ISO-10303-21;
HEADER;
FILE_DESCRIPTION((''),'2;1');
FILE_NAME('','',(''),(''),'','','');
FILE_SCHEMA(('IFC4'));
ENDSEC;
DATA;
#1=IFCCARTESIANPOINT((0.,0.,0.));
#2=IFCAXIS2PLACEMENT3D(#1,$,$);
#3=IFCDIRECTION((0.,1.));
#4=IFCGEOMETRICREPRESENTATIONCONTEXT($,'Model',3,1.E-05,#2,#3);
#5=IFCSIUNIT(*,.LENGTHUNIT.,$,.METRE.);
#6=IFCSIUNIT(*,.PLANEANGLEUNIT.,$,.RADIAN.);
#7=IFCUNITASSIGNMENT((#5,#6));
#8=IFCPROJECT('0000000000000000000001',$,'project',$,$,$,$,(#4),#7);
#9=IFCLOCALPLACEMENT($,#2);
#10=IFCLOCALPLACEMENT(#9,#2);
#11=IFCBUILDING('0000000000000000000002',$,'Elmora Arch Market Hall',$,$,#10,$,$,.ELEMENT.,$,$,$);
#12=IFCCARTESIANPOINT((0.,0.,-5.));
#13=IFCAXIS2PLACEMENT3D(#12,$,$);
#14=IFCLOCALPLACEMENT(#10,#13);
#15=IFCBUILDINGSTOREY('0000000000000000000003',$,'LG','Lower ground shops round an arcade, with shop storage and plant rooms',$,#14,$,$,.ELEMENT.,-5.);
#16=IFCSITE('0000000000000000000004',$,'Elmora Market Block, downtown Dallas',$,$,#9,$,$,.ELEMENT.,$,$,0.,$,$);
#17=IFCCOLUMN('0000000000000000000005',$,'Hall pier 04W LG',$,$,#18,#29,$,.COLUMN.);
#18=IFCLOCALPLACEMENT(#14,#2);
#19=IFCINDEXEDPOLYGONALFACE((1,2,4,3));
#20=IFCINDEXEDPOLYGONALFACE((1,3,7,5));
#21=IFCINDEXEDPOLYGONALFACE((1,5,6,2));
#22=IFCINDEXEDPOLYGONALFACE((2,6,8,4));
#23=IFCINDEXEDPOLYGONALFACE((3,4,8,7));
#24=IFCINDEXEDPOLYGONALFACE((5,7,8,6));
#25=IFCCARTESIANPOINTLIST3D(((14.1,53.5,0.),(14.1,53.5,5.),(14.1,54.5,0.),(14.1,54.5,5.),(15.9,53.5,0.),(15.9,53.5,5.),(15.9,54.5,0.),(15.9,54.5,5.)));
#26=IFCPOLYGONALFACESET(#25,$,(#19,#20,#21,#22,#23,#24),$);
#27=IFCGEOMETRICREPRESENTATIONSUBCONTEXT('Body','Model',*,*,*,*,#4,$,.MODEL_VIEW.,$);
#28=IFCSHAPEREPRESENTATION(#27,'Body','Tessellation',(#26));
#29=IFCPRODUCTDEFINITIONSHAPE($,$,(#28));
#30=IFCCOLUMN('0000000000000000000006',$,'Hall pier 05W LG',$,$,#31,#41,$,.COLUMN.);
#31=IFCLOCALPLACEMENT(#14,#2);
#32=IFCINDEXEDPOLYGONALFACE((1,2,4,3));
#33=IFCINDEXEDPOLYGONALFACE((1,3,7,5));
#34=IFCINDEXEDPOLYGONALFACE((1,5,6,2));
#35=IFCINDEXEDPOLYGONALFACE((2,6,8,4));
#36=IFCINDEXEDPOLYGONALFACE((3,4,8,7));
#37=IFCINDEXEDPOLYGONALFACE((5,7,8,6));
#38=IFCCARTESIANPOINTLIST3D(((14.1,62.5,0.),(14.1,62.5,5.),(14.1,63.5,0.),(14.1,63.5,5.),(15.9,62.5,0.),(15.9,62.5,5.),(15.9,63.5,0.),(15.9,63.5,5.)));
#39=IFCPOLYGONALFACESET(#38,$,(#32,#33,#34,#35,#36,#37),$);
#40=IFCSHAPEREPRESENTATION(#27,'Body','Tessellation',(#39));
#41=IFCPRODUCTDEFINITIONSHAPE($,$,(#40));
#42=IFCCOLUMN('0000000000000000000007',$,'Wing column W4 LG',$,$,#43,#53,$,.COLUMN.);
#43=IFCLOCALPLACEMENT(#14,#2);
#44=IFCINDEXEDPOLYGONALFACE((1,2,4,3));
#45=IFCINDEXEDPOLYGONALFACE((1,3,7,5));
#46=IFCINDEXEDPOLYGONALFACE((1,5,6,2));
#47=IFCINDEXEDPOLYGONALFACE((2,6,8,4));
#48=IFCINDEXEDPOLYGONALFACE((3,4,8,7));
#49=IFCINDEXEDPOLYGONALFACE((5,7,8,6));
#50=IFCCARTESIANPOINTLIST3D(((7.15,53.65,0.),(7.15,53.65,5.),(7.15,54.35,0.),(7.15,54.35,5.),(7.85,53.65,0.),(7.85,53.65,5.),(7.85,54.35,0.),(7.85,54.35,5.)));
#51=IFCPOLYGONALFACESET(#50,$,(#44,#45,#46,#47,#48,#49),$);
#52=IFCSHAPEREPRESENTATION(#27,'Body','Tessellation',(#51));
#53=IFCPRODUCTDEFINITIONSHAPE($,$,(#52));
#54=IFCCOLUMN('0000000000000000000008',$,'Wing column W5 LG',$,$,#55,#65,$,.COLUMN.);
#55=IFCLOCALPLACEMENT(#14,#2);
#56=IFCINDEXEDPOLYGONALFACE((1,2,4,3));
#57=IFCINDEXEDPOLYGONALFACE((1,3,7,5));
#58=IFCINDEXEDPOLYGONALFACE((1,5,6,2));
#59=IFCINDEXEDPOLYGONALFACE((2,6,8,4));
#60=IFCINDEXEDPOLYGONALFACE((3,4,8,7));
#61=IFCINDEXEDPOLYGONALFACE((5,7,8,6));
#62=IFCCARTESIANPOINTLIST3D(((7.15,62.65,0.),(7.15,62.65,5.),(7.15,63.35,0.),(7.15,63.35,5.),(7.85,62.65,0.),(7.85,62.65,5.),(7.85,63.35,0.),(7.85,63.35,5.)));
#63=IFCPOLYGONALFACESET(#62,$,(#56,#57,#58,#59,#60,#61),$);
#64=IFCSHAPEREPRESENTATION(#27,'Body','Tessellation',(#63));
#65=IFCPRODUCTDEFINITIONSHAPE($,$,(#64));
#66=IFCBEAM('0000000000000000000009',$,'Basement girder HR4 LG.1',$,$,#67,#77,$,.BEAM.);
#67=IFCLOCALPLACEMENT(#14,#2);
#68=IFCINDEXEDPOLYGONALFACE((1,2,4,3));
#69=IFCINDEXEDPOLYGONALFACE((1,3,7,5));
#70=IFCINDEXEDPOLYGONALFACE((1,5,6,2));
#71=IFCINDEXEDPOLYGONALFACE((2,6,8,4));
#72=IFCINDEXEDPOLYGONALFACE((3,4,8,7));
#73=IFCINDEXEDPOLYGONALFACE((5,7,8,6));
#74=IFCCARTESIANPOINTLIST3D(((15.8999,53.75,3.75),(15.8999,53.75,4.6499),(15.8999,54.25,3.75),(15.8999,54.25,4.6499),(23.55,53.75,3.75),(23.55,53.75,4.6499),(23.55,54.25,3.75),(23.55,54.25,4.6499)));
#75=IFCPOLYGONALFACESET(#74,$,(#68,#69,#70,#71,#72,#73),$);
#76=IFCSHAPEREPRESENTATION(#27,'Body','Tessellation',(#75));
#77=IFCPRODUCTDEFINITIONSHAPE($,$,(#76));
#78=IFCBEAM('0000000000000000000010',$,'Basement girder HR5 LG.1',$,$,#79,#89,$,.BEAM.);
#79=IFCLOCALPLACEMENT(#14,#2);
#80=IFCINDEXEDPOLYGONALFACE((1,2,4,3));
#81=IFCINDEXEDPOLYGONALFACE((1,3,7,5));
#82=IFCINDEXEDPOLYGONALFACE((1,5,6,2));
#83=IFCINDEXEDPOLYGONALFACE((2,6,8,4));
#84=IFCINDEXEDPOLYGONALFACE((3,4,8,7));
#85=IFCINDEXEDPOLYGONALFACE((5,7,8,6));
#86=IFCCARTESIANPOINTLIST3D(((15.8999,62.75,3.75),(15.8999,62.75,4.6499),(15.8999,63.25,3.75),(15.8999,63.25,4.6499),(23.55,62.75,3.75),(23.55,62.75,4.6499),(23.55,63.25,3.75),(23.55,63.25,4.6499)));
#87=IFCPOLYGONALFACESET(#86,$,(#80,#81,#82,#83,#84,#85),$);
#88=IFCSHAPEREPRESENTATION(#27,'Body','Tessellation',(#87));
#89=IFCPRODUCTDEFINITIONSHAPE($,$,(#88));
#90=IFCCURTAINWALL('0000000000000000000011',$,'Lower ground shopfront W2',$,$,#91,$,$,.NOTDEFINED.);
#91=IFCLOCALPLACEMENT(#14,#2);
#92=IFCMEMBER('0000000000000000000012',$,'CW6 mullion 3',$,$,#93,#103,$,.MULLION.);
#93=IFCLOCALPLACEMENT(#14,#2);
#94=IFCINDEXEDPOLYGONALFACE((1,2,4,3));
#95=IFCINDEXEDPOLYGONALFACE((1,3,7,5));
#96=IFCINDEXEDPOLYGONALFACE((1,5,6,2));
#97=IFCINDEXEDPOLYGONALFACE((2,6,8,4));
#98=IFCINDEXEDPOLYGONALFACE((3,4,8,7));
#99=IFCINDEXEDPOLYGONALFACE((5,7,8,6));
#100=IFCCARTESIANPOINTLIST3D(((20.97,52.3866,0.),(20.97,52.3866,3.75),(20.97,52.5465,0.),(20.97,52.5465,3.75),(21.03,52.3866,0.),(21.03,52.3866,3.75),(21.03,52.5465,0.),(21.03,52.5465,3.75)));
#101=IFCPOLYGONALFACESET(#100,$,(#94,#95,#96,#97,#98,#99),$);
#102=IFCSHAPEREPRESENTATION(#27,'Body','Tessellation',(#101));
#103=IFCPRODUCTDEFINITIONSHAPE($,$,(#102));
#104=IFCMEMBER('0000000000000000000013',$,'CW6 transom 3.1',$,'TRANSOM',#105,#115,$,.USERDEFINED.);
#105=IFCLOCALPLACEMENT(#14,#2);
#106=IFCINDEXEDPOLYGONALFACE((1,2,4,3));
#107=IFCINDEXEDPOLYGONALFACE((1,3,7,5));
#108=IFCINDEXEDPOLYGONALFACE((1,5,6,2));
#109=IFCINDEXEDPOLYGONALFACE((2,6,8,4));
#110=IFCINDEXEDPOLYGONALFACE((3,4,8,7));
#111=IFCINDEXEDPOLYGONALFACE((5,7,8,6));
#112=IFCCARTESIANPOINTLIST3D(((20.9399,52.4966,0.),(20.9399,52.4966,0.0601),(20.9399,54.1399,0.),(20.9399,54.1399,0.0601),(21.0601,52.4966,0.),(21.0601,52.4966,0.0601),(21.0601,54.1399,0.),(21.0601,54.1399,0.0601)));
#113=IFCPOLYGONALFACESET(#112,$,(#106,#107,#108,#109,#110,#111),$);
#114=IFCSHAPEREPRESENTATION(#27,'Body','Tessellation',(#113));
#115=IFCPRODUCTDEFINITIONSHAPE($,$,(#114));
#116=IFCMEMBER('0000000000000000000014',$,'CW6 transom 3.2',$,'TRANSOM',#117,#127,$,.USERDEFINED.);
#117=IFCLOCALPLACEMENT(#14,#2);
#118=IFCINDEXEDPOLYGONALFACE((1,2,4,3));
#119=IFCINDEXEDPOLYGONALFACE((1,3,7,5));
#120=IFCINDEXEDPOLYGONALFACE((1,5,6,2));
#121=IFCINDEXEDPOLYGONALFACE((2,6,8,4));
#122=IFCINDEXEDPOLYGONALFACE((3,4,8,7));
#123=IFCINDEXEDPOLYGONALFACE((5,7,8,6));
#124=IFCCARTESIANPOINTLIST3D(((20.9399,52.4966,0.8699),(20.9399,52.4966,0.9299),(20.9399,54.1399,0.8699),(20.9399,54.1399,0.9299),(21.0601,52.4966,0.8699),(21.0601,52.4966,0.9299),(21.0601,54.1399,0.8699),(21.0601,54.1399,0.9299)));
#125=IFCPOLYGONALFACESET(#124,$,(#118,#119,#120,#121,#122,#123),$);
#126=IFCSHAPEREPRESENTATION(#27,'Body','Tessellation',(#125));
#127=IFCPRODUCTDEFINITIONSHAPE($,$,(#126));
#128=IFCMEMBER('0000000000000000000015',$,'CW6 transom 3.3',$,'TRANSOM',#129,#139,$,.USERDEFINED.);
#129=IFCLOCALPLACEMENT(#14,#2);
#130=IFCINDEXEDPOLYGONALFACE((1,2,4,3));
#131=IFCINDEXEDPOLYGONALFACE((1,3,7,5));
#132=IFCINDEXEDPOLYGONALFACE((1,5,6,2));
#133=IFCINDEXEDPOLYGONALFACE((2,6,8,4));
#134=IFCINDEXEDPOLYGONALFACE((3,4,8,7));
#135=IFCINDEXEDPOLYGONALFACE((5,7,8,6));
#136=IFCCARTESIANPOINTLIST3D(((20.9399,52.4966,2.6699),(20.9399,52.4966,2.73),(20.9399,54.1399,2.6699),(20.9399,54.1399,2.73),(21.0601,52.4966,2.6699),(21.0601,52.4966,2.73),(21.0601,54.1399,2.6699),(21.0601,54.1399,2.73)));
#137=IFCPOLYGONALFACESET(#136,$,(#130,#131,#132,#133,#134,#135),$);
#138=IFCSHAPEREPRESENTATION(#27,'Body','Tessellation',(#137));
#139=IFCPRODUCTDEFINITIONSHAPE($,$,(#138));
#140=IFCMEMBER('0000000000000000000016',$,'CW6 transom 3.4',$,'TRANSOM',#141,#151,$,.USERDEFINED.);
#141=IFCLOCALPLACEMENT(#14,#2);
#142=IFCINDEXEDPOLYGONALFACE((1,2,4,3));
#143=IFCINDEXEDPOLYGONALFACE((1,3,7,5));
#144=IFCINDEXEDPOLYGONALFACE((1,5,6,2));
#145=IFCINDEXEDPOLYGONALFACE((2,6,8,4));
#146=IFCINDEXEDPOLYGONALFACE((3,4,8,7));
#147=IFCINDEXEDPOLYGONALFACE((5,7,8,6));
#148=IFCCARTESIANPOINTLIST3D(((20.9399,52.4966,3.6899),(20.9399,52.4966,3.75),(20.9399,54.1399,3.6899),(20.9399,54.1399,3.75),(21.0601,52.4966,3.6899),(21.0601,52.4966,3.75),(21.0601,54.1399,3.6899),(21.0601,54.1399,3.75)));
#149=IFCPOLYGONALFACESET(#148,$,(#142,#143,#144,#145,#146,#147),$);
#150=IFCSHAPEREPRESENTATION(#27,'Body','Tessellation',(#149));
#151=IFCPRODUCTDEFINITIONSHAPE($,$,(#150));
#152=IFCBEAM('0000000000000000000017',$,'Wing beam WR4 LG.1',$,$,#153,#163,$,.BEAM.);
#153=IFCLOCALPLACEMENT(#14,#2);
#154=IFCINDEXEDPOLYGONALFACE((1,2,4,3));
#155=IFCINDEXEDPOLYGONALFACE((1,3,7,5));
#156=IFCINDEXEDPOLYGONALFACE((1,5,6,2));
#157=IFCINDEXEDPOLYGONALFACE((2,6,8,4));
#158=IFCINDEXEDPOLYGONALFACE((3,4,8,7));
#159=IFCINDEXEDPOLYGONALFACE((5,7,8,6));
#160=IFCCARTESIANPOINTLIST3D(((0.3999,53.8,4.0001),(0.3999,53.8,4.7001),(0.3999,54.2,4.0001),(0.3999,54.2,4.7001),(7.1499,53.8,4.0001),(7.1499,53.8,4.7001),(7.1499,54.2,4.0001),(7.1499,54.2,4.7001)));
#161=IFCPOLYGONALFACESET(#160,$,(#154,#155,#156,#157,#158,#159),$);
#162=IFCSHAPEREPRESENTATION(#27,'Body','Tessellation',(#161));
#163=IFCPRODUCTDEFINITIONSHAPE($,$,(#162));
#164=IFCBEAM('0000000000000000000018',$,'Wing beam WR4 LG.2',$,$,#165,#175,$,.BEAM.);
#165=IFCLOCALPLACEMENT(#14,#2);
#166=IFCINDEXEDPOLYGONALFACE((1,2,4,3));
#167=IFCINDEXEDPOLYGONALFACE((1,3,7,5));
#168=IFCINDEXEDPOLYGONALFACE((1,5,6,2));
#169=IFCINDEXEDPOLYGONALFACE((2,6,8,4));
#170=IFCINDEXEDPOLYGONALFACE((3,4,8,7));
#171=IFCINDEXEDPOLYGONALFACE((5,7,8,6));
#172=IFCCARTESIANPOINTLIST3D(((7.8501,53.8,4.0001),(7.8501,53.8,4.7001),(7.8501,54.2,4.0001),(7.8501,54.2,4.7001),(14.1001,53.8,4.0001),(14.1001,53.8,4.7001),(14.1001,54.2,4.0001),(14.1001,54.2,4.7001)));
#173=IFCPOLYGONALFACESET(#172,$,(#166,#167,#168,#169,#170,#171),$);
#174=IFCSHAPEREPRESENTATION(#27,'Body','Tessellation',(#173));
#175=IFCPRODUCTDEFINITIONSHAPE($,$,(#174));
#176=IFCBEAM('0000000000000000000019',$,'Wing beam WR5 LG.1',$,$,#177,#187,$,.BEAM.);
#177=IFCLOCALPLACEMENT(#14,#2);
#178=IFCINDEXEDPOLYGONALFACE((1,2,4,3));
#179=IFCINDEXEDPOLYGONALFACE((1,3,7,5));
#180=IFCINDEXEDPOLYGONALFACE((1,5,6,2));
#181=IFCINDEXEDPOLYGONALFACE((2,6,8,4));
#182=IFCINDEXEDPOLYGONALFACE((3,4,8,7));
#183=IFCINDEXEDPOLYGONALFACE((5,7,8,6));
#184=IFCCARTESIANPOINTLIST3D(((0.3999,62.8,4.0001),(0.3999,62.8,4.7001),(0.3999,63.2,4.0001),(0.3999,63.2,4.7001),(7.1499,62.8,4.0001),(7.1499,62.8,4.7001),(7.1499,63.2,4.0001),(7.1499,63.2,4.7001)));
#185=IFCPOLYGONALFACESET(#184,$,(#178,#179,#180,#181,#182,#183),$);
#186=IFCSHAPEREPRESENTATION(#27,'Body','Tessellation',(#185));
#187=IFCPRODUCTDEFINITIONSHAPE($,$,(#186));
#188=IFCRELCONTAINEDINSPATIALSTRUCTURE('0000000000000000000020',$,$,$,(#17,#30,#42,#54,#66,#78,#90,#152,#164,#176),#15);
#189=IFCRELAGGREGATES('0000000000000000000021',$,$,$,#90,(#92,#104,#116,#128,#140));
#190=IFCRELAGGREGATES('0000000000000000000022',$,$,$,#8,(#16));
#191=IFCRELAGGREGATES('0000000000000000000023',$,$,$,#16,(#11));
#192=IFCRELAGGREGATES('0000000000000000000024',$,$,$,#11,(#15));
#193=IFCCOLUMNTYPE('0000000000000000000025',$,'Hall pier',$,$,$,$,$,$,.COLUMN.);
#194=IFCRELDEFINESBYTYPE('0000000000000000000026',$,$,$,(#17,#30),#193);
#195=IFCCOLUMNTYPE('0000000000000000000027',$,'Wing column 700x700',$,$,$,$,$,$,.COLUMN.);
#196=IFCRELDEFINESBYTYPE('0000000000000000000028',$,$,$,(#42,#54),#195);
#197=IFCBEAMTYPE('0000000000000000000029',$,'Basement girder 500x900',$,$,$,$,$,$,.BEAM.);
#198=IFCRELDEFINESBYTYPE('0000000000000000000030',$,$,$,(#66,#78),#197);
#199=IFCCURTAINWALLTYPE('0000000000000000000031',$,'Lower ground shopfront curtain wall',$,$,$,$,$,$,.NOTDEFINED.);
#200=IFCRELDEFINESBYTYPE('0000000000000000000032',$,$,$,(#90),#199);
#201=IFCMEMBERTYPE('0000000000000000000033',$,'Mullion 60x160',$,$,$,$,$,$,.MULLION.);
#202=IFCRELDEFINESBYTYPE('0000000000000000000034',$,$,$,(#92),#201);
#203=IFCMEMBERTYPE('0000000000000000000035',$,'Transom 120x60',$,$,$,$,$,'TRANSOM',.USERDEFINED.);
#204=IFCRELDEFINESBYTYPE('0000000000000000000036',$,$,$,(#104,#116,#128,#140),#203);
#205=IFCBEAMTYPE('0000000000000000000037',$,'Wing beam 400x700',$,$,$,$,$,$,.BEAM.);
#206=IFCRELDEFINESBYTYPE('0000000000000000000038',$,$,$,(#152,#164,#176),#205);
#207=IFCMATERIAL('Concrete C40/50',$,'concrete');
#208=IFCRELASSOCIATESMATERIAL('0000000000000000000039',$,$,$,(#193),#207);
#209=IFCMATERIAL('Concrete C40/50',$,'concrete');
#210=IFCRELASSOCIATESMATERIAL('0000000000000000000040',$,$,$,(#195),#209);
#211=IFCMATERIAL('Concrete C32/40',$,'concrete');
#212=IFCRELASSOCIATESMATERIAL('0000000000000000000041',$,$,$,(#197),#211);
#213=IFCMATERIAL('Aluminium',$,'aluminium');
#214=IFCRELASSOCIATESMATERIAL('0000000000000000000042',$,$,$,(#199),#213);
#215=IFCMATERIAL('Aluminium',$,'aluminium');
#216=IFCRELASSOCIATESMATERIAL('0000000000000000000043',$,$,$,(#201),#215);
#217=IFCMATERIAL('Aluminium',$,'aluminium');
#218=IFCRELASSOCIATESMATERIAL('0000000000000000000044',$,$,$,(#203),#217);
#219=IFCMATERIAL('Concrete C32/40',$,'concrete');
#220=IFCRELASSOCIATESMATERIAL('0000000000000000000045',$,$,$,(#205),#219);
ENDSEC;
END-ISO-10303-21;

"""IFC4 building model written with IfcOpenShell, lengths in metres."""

from ifc_helpers import new_model, si_unit, direction, frame, origin, origin_2d, place, context, subcontext, project, spatial, rectangle, extrude, material, material_profile, profile_set, type_object, element, aggregate, save


model = new_model("IFC4")

# Units and contexts
model_context = context("Model", 3, precision=1e-05, world=origin(), true_north=direction((0.0, 1.0)))
body_context = subcontext(model_context, "Body", "Model", "MODEL_VIEW")
ifc_project = project(units=[si_unit("LENGTHUNIT", "METRE"), si_unit("PLANEANGLEUNIT", "RADIAN")], contexts=[model_context])

# Site, building, storey
site_placement = place(None, origin())
site = spatial("IfcSite", under=ifc_project, at=site_placement, Name="Elmora Market Block, downtown Dallas", CompositionType="ELEMENT", RefElevation=0.0)
building_placement = place(site_placement, origin())
building = spatial("IfcBuilding", under=site, at=building_placement, Name="Elmora Arch Market Hall", CompositionType="ELEMENT")
storey_placement = place(building_placement, frame((0.0, 0.0, -5.0)))
storey = spatial("IfcBuildingStorey", under=building, at=storey_placement, Name="LG", Description="Lower ground shops round an arcade, with shop storage and plant rooms", CompositionType="ELEMENT", Elevation=-5.0)

# Columns
ifc_material_1 = material(Name="Concrete C40/50", Category="concrete")
ifc_material_profile_1 = material_profile(ifc_material_1, rectangle(XDim=1.8, YDim=1.0, at=origin_2d()), Name="Hall pier")
ifc_profile_set_1 = profile_set([ifc_material_profile_1], Name="Concrete C40/50")
column_type_1 = type_object("IfcColumnType", Name="Hall pier", PredefinedType="COLUMN", material=ifc_profile_set_1)
for number, where, z_axis, x_axis, name in (
    (1, (15.0, 54.0, 0.0), (0.0, 0.0, 1.0), (1.0, 0.0, 0.0), "Hall pier 04W LG"),
    (2, (15.0, 63.0, 0.0), (0.0, 0.0, 1.0), (1.0, 0.0, 0.0), "Hall pier 05W LG"),
):
    element("IfcColumn", number, at=place(storey_placement, frame(where, z_axis=z_axis, x_axis=x_axis)), inside=storey, type_object=column_type_1, Name=name, PredefinedType="COLUMN", context=body_context, shape_type="SweptSolid", body=[
        extrude(rectangle(XDim=1.8, YDim=1.0, at=origin_2d()), origin(), (0.0, 0.0, 1.0), 5.0),
    ])
ifc_material_2 = material(Name="Concrete C40/50", Category="concrete")
ifc_material_profile_2 = material_profile(ifc_material_2, rectangle(XDim=0.7, YDim=0.7, at=origin_2d()), Name="Wing column 700x700")
ifc_profile_set_2 = profile_set([ifc_material_profile_2], Name="Concrete C40/50")
column_type_2 = type_object("IfcColumnType", Name="Wing column 700x700", PredefinedType="COLUMN", material=ifc_profile_set_2)
for number, where, z_axis, x_axis, name in (
    (3, (7.5, 54.0, 0.0), (0.0, 0.0, 1.0), (1.0, 0.0, 0.0), "Wing column W4 LG"),
    (4, (7.5, 63.0, 0.0), (0.0, 0.0, 1.0), (1.0, 0.0, 0.0), "Wing column W5 LG"),
):
    element("IfcColumn", number, at=place(storey_placement, frame(where, z_axis=z_axis, x_axis=x_axis)), inside=storey, type_object=column_type_2, Name=name, PredefinedType="COLUMN", context=body_context, shape_type="SweptSolid", body=[
        extrude(rectangle(XDim=0.7, YDim=0.7, at=origin_2d()), origin(), (0.0, 0.0, 1.0), 5.0),
    ])

# Beams
ifc_material_3 = material(Name="Concrete C32/40", Category="concrete")
ifc_material_profile_3 = material_profile(ifc_material_3, rectangle(XDim=0.5, YDim=0.8999, at=origin_2d()), Name="Basement girder 500x900")
ifc_profile_set_3 = profile_set([ifc_material_profile_3], Name="Concrete C32/40")
beam_type_1 = type_object("IfcBeamType", Name="Basement girder 500x900", PredefinedType="BEAM", material=ifc_profile_set_3)
for number, where, z_axis, x_axis, name in (
    (5, (15.8999, 54.0, 4.2), (1.0, 0.0, 0.0), (0.0, 1.0, 0.0), "Basement girder HR4 LG.1"),
    (6, (15.8999, 63.0, 4.2), (1.0, 0.0, 0.0), (0.0, 1.0, 0.0), "Basement girder HR5 LG.1"),
):
    element("IfcBeam", number, at=place(storey_placement, frame(where, z_axis=z_axis, x_axis=x_axis)), inside=storey, type_object=beam_type_1, Name=name, PredefinedType="BEAM", context=body_context, shape_type="SweptSolid", body=[
        extrude(rectangle(XDim=0.5, YDim=0.8999, at=origin_2d()), origin(), (0.0, 0.0, 1.0), 7.6501),
    ])

# Curtain wall, members
ifc_material_4 = material(Name="Aluminium", Category="aluminium")
curtain_wall_type = type_object("IfcCurtainWallType", Name="Lower ground shopfront curtain wall", PredefinedType="NOTDEFINED", material=ifc_material_4)
curtain_wall_placement = place(storey_placement, origin())
curtain_wall = element("IfcCurtainWall", 7, at=curtain_wall_placement, inside=storey, type_object=curtain_wall_type, Name="Lower ground shopfront W2", PredefinedType="NOTDEFINED")
ifc_material_5 = material(Name="Aluminium", Category="aluminium")
ifc_material_profile_4 = material_profile(ifc_material_5, rectangle(XDim=0.0601, YDim=0.1599, at=origin_2d()), Name="AL 60x160")
ifc_profile_set_4 = profile_set([ifc_material_profile_4], Name="Aluminium")
member_type_1 = type_object("IfcMemberType", Name="Mullion 60x160", PredefinedType="MULLION", material=ifc_profile_set_4)
member_1_placement = place(storey_placement, frame((21.0, 52.4666, 0.0), z_axis=(0.0, 0.0, 1.0), x_axis=(-1.0, 0.0, 0.0)))
member_1 = element("IfcMember", 8, at=member_1_placement, type_object=member_type_1, Name="CW6 mullion 3", PredefinedType="MULLION", context=body_context, shape_type="SweptSolid", body=[
    extrude(rectangle(XDim=0.0601, YDim=0.1599, at=origin_2d()), origin(), (0.0, 0.0, 1.0), 3.75),
])
ifc_material_6 = material(Name="Aluminium", Category="aluminium")
ifc_material_profile_5 = material_profile(ifc_material_6, rectangle(XDim=0.1201, YDim=0.0601, at=origin_2d()), Name="AL 120x60")
ifc_profile_set_5 = profile_set([ifc_material_profile_5], Name="Aluminium")
member_type_2 = type_object("IfcMemberType", Name="Transom 120x60", ElementType="TRANSOM", PredefinedType="USERDEFINED", material=ifc_profile_set_5)
member_2_placement = place(storey_placement, frame((21.0, 52.4966, 0.03), z_axis=(0.0, 1.0, 0.0), x_axis=(-1.0, 0.0, 0.0)))
member_2 = element("IfcMember", 9, at=member_2_placement, type_object=member_type_2, Name="CW6 transom 3.1", ObjectType="TRANSOM", PredefinedType="USERDEFINED", context=body_context, shape_type="SweptSolid", body=[
    extrude(rectangle(XDim=0.1201, YDim=0.0601, at=origin_2d()), origin(), (0.0, 0.0, 1.0), 1.6433),
])
member_3_placement = place(storey_placement, frame((21.0, 52.4966, 0.8999), z_axis=(0.0, 1.0, 0.0), x_axis=(-1.0, 0.0, 0.0)))
member_3 = element("IfcMember", 10, at=member_3_placement, type_object=member_type_2, Name="CW6 transom 3.2", ObjectType="TRANSOM", PredefinedType="USERDEFINED", context=body_context, shape_type="SweptSolid", body=[
    extrude(rectangle(XDim=0.1201, YDim=0.0601, at=origin_2d()), origin(), (0.0, 0.0, 1.0), 1.6433),
])
member_4_placement = place(storey_placement, frame((21.0, 52.4966, 2.7), z_axis=(0.0, 1.0, 0.0), x_axis=(-1.0, 0.0, 0.0)))
member_4 = element("IfcMember", 11, at=member_4_placement, type_object=member_type_2, Name="CW6 transom 3.3", ObjectType="TRANSOM", PredefinedType="USERDEFINED", context=body_context, shape_type="SweptSolid", body=[
    extrude(rectangle(XDim=0.1201, YDim=0.0601, at=origin_2d()), origin(), (0.0, 0.0, 1.0), 1.6433),
])
member_5_placement = place(storey_placement, frame((21.0, 52.4966, 3.72), z_axis=(0.0, 1.0, 0.0), x_axis=(-1.0, 0.0, 0.0)))
member_5 = element("IfcMember", 12, at=member_5_placement, type_object=member_type_2, Name="CW6 transom 3.4", ObjectType="TRANSOM", PredefinedType="USERDEFINED", context=body_context, shape_type="SweptSolid", body=[
    extrude(rectangle(XDim=0.1201, YDim=0.0601, at=origin_2d()), origin(), (0.0, 0.0, 1.0), 1.6433),
])

# Beams
ifc_material_7 = material(Name="Concrete C32/40", Category="concrete")
ifc_material_profile_6 = material_profile(ifc_material_7, rectangle(XDim=0.3999, YDim=0.7, at=origin_2d()), Name="Wing beam 400x700")
ifc_profile_set_6 = profile_set([ifc_material_profile_6], Name="Concrete C32/40")
beam_type_2 = type_object("IfcBeamType", Name="Wing beam 400x700", PredefinedType="BEAM", material=ifc_profile_set_6)
beam_1_placement = place(storey_placement, frame((0.3999, 54.0, 4.3501), z_axis=(1.0, 0.0, 0.0), x_axis=(0.0, 1.0, 0.0)))
element("IfcBeam", 13, at=beam_1_placement, inside=storey, type_object=beam_type_2, Name="Wing beam WR4 LG.1", PredefinedType="BEAM", context=body_context, shape_type="SweptSolid", body=[
    extrude(rectangle(XDim=0.3999, YDim=0.7, at=origin_2d()), origin(), (0.0, 0.0, 1.0), 6.75),
])
beam_2_placement = place(storey_placement, frame((7.8501, 54.0, 4.3501), z_axis=(1.0, 0.0, 0.0), x_axis=(0.0, 1.0, 0.0)))
element("IfcBeam", 14, at=beam_2_placement, inside=storey, type_object=beam_type_2, Name="Wing beam WR4 LG.2", PredefinedType="BEAM", context=body_context, shape_type="SweptSolid", body=[
    extrude(rectangle(XDim=0.3999, YDim=0.7, at=origin_2d()), origin(), (0.0, 0.0, 1.0), 6.25),
])
beam_3_placement = place(storey_placement, frame((0.3999, 63.0, 4.3501), z_axis=(1.0, 0.0, 0.0), x_axis=(0.0, 1.0, 0.0)))
element("IfcBeam", 15, at=beam_3_placement, inside=storey, type_object=beam_type_2, Name="Wing beam WR5 LG.1", PredefinedType="BEAM", context=body_context, shape_type="SweptSolid", body=[
    extrude(rectangle(XDim=0.3999, YDim=0.7, at=origin_2d()), origin(), (0.0, 0.0, 1.0), 6.75),
])

aggregate(curtain_wall, [member_1, member_2, member_3, member_4, member_5])

save(model, "model.ifc")
